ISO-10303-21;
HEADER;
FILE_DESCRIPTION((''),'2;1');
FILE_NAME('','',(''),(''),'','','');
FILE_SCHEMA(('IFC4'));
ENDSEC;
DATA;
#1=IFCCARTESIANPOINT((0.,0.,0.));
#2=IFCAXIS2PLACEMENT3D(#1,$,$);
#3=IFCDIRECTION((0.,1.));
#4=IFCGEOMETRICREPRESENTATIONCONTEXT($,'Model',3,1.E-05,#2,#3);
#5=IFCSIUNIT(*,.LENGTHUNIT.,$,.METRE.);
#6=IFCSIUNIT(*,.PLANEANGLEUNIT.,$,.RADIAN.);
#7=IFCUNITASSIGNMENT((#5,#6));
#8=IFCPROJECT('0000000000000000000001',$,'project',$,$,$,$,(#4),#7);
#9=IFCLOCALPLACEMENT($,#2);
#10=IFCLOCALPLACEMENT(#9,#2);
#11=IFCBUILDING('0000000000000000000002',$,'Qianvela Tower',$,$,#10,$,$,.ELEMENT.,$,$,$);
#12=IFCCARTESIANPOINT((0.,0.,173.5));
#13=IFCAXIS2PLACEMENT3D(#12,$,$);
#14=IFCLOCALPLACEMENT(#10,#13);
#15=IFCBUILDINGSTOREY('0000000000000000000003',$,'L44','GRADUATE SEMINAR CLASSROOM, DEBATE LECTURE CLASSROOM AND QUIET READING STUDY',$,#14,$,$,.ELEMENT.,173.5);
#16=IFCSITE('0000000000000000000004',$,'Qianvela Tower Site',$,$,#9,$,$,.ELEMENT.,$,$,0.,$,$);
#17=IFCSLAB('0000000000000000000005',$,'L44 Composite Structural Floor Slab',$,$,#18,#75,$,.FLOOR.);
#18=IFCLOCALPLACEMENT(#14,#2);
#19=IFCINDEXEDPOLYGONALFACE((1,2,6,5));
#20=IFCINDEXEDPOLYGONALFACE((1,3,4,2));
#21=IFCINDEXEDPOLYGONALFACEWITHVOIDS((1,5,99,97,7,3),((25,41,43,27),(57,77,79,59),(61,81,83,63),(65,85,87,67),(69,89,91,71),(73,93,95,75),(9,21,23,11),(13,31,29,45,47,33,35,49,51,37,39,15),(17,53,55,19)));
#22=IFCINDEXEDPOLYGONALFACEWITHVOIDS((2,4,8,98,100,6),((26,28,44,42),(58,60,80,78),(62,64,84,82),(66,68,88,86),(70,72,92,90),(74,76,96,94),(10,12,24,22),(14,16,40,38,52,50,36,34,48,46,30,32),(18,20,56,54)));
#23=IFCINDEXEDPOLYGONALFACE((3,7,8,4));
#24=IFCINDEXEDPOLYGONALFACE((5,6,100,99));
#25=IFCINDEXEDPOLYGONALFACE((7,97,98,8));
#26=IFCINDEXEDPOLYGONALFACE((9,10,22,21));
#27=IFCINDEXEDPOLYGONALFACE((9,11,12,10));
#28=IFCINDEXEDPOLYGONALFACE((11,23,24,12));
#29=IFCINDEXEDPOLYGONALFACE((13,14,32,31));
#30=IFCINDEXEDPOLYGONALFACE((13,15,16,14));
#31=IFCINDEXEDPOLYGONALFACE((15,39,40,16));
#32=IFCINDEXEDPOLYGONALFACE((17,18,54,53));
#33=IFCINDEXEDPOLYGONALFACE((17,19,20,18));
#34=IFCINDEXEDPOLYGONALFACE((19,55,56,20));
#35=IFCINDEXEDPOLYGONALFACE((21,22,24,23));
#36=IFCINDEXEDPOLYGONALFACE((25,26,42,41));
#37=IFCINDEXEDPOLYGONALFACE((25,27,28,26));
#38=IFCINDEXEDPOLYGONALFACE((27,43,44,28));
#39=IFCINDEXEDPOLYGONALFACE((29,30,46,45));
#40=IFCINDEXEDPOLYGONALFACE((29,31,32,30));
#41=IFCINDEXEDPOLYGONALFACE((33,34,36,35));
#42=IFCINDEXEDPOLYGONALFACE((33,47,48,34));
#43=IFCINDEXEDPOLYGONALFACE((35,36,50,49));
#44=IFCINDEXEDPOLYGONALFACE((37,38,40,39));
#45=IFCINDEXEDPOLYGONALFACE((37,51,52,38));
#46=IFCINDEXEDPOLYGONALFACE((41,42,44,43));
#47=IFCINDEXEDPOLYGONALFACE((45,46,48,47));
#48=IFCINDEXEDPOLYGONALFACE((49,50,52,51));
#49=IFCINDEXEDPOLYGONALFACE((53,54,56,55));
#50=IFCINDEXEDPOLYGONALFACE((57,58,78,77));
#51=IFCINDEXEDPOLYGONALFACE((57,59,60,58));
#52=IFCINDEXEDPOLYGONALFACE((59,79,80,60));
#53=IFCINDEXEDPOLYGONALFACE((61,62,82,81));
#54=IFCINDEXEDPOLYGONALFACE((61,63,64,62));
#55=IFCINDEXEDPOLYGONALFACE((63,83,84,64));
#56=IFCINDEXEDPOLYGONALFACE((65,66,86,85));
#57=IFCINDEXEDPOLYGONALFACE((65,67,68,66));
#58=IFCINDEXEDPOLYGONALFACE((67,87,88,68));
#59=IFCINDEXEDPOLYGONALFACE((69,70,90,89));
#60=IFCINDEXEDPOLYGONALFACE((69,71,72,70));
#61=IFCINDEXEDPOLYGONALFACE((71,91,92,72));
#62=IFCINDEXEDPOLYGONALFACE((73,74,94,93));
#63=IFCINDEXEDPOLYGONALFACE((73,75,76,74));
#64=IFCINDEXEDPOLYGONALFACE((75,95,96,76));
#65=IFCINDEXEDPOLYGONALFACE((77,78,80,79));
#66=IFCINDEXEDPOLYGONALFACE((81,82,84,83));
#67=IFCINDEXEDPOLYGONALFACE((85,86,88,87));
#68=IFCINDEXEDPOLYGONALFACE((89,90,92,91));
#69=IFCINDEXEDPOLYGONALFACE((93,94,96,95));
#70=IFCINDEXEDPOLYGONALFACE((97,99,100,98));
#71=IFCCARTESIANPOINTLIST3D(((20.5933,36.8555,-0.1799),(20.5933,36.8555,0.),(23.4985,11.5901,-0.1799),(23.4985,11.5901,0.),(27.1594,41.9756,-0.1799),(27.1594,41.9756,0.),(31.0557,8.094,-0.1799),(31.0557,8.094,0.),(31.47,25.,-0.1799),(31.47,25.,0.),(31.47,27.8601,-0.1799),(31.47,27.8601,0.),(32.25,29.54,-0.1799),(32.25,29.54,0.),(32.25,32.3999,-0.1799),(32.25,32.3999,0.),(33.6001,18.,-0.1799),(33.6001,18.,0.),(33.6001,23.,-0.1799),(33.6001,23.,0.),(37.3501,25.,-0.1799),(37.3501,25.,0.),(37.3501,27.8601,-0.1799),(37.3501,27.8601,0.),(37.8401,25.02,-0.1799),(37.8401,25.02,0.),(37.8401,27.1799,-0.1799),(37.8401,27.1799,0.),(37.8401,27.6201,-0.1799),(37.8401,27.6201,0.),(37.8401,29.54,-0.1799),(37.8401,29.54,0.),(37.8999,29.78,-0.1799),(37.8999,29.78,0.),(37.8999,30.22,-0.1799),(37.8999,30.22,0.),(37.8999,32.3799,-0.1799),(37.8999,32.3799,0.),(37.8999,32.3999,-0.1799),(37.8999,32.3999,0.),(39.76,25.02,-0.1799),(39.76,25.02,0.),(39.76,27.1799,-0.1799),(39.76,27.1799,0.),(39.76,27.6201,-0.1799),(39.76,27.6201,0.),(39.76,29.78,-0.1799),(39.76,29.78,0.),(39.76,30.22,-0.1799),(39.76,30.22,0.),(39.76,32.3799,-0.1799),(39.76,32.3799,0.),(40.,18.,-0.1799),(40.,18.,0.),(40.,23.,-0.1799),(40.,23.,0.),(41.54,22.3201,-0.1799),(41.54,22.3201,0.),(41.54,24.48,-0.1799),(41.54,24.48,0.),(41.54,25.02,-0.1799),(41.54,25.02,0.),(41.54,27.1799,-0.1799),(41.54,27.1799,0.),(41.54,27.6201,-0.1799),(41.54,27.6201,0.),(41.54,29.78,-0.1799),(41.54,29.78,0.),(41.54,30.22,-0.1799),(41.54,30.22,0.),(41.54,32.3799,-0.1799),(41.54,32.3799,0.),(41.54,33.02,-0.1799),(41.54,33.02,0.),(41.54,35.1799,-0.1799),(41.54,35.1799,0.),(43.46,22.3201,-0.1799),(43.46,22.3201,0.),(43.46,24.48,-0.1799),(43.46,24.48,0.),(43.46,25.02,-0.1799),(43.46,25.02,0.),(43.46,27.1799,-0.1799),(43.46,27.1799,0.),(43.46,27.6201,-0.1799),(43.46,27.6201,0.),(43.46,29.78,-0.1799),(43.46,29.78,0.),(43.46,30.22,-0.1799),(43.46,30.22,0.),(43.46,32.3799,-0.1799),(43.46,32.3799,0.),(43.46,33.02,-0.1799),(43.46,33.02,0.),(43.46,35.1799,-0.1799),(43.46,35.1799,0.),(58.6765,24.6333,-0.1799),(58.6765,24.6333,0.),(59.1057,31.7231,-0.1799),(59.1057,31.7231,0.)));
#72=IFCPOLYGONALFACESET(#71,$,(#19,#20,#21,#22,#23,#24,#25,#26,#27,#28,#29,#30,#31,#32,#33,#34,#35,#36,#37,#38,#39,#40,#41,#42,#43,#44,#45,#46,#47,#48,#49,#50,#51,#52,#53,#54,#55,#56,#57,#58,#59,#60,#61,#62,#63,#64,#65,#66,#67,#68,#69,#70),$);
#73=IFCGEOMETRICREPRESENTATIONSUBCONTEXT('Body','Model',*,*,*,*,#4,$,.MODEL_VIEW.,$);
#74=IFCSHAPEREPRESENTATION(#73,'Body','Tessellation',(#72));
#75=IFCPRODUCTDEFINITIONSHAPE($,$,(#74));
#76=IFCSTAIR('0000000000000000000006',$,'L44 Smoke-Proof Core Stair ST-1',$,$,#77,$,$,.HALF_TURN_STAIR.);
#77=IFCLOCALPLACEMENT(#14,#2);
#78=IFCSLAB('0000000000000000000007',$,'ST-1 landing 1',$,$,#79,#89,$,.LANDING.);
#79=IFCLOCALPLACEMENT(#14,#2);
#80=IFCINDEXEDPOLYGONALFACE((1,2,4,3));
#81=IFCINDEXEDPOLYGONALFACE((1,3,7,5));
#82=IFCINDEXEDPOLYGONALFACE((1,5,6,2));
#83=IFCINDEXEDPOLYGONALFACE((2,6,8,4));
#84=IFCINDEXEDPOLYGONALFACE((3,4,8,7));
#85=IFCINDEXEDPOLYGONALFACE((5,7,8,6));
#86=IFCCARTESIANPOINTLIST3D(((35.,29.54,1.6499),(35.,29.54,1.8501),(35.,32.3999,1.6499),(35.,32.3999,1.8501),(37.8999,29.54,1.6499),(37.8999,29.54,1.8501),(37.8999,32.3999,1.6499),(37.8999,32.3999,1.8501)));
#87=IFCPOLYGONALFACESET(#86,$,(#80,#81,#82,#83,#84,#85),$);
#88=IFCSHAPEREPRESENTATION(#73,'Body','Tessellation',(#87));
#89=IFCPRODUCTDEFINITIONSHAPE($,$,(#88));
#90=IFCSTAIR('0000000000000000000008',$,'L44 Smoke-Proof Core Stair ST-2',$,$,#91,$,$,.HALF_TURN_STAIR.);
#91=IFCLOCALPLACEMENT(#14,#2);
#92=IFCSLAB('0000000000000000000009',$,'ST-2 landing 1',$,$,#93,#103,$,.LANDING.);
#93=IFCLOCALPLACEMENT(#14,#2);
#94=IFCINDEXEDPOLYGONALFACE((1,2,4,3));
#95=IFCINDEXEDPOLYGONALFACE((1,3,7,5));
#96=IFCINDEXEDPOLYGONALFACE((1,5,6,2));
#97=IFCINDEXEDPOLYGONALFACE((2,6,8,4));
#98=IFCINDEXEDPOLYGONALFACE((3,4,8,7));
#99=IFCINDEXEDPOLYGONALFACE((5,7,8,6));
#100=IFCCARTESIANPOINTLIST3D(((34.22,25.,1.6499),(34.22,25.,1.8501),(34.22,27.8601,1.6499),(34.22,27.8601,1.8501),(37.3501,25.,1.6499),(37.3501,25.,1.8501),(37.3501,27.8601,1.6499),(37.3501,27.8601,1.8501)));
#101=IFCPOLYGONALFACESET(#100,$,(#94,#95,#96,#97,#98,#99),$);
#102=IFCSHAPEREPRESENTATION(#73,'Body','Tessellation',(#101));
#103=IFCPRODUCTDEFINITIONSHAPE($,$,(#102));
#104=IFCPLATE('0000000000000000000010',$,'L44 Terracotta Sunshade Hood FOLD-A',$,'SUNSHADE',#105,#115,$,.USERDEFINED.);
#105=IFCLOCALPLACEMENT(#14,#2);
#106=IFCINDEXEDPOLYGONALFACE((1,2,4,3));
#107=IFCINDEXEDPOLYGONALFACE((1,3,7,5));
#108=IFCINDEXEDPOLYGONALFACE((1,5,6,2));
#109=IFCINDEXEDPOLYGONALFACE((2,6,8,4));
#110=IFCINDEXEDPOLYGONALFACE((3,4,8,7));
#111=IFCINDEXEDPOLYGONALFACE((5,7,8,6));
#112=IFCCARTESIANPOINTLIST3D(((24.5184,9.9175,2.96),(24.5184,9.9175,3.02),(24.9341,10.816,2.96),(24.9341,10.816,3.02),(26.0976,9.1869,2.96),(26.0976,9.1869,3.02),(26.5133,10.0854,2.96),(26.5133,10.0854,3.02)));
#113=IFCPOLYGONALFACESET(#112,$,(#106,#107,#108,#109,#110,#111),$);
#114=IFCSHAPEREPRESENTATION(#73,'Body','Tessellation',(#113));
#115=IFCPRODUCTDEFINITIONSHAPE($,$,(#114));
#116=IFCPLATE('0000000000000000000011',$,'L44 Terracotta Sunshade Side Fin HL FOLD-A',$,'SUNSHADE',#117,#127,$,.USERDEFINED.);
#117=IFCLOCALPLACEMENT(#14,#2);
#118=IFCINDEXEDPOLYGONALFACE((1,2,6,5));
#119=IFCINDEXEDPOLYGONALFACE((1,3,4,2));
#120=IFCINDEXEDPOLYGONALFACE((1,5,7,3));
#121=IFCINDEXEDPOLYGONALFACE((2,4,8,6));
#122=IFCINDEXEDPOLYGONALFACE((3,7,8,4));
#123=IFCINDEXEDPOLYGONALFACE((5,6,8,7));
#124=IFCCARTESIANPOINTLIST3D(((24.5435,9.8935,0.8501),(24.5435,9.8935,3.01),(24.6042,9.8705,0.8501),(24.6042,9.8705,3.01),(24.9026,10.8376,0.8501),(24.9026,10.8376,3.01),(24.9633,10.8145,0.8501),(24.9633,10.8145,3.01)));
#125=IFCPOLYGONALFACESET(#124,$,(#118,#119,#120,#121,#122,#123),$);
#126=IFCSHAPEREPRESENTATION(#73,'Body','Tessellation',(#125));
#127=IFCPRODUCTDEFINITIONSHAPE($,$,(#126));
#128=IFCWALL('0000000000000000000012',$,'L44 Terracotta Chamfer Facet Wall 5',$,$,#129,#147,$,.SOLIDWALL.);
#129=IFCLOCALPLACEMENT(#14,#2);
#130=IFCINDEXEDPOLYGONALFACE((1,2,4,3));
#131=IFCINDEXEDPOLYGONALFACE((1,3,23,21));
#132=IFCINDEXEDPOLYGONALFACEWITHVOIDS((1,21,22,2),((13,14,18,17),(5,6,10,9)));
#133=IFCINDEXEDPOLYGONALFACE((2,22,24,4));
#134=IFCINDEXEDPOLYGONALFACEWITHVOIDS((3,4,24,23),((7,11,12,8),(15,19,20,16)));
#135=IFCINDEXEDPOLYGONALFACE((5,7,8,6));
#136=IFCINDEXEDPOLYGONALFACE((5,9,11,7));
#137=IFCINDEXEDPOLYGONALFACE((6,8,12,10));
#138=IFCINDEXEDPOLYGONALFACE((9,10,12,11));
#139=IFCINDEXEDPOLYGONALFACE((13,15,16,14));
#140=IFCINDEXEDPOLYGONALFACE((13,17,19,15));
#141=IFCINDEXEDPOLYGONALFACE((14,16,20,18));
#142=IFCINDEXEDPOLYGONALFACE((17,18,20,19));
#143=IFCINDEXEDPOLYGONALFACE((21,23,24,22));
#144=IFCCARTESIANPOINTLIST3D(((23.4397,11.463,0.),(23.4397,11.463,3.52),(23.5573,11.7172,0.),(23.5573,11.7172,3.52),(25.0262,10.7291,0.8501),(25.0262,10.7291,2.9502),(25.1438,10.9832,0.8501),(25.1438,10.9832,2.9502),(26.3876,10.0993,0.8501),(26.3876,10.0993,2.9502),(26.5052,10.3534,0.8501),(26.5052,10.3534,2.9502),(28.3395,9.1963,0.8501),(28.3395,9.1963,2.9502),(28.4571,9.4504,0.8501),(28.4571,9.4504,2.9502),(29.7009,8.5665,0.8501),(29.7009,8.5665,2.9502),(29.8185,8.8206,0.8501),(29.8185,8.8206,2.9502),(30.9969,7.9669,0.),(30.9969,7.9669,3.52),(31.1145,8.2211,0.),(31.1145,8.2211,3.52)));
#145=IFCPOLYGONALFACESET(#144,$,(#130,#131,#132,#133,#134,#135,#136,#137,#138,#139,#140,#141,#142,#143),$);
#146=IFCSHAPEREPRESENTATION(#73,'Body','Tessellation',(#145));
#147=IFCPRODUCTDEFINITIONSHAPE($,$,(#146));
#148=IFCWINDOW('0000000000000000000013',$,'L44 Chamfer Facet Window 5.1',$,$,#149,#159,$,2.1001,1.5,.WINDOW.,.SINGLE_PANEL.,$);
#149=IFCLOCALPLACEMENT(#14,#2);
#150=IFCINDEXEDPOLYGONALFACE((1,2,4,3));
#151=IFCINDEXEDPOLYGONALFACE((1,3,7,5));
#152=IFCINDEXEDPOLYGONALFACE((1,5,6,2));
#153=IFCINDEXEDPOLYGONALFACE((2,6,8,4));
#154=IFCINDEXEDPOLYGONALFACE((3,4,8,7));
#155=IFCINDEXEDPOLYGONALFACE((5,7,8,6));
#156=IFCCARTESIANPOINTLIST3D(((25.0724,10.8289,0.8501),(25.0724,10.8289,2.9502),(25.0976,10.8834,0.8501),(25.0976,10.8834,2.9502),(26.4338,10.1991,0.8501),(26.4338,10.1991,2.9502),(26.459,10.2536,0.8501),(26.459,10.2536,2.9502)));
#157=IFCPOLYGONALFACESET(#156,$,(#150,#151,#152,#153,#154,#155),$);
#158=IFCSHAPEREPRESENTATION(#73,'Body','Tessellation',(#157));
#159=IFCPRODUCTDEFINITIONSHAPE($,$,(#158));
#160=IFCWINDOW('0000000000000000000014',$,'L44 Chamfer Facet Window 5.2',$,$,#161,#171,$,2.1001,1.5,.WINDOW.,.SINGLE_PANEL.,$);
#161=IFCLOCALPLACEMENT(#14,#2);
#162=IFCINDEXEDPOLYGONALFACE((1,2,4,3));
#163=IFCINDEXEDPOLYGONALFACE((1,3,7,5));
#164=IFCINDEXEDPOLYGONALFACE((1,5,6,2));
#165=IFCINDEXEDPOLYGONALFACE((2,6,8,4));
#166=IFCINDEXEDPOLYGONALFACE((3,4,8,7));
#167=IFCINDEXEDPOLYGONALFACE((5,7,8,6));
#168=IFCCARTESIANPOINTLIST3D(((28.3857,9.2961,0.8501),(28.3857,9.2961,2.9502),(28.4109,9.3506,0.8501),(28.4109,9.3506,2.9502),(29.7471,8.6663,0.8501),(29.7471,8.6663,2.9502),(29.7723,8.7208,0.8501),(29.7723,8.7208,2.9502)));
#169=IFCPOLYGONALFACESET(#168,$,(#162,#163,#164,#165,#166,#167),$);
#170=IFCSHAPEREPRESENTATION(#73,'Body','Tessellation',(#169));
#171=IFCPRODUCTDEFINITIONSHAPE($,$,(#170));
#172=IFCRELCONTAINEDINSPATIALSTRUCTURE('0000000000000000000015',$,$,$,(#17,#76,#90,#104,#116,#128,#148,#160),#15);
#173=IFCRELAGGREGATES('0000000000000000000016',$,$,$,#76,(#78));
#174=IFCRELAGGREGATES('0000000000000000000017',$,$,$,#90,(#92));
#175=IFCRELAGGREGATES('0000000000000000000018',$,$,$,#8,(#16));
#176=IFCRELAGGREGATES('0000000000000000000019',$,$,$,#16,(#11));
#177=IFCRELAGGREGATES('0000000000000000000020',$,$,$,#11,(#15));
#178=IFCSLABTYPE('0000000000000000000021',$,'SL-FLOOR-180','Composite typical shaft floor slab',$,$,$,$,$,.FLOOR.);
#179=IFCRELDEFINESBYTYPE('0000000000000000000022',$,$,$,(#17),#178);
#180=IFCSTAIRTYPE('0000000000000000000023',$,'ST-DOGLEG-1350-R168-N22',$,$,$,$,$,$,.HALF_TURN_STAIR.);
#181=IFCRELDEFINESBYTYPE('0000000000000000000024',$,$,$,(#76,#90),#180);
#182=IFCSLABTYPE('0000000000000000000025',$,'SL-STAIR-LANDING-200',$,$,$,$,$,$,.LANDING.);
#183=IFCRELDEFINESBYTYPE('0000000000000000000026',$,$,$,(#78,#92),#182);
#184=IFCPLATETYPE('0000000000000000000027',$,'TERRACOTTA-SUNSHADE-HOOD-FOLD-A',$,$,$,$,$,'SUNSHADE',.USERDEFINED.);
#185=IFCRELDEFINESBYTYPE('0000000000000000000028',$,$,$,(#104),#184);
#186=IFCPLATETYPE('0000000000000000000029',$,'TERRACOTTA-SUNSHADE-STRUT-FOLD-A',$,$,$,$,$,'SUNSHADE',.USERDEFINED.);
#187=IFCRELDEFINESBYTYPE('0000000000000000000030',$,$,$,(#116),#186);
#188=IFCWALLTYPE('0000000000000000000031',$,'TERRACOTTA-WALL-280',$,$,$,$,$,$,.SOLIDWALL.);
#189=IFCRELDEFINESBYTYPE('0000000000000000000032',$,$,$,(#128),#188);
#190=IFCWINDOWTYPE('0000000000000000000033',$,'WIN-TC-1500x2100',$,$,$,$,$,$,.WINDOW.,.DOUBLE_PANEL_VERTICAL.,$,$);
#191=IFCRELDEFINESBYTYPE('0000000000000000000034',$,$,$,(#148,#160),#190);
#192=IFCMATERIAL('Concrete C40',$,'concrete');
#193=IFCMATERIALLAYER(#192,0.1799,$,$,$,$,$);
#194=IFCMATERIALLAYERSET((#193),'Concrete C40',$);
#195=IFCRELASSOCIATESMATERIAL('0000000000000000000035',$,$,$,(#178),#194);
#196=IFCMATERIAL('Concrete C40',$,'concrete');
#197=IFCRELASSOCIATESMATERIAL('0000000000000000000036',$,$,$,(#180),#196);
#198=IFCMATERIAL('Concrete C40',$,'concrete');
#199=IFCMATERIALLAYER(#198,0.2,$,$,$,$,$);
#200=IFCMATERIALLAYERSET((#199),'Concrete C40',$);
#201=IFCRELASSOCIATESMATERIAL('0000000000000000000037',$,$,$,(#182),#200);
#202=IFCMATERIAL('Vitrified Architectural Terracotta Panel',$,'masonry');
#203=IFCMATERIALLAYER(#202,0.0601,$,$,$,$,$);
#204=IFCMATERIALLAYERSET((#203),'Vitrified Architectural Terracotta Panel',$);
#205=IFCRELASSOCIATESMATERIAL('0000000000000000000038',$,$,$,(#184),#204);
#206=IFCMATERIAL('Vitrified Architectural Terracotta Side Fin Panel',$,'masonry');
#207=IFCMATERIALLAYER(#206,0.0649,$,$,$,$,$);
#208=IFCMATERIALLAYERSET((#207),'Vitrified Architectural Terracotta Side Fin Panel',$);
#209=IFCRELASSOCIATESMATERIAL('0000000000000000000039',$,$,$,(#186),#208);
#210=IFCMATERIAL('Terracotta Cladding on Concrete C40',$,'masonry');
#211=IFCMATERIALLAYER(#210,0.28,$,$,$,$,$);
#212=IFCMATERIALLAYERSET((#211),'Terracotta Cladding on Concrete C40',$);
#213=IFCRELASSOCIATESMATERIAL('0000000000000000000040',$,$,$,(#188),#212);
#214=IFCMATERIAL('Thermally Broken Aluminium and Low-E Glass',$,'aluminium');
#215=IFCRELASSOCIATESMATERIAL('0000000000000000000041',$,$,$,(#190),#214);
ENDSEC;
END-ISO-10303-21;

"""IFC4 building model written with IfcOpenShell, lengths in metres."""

from ifc_helpers import new_model, si_unit, direction, frame, frame_2d, origin, origin_2d, place, context, subcontext, project, spatial, polyline, rectangle, outline, extrude, material, layer, layer_set, type_object, element, fill, aggregate, save


model = new_model("IFC4")

# Units and contexts
model_context = context("Model", 3, precision=1e-05, world=origin(), true_north=direction((0.0, 1.0)))
body_context = subcontext(model_context, "Body", "Model", "MODEL_VIEW")
ifc_project = project(units=[si_unit("LENGTHUNIT", "METRE"), si_unit("PLANEANGLEUNIT", "RADIAN")], contexts=[model_context])

# Site, building, storey
site_placement = place(None, origin())
site = spatial("IfcSite", under=ifc_project, at=site_placement, Name="Qianvela Tower Site", CompositionType="ELEMENT", RefElevation=0.0)
building_placement = place(site_placement, origin())
building = spatial("IfcBuilding", under=site, at=building_placement, Name="Qianvela Tower", CompositionType="ELEMENT")
storey_placement = place(building_placement, frame((0.0, 0.0, 173.5)))
storey = spatial("IfcBuildingStorey", under=building, at=storey_placement, Name="L44", Description="GRADUATE SEMINAR CLASSROOM, DEBATE LECTURE CLASSROOM AND QUIET READING STUDY", CompositionType="ELEMENT", Elevation=173.5)

# Slab
ifc_material_1 = material(Name="Concrete C40", Category="concrete")
ifc_layer_1 = layer(ifc_material_1, 0.1799)
ifc_layer_set_1 = layer_set([ifc_layer_1], Name="Concrete C40")
slab_type_1 = type_object("IfcSlabType", Name="SL-FLOOR-180", Description="Composite typical shaft floor slab", PredefinedType="FLOOR", material=ifc_layer_set_1)
slab_1_placement = place(storey_placement, frame((0.0, 0.0, -0.1799)))
element("IfcSlab", 1, at=slab_1_placement, inside=storey, type_object=slab_type_1, Name="L44 Composite Structural Floor Slab", PredefinedType="FLOOR", context=body_context, shape_type="SweptSolid", body=[
    extrude(outline(polyline([(58.6765, 24.6333), (59.1057, 31.7231), (27.1594, 41.9756), (20.5933, 36.8555), (23.4985, 11.5901), (31.0557, 8.094), (58.6765, 24.6333)]), holes=[polyline([(40.0, 23.0), (33.6001, 23.0), (33.6001, 18.0), (40.0, 18.0), (40.0, 23.0)]), polyline([(39.76, 27.1799), (37.8401, 27.1799), (37.8401, 25.02), (39.76, 25.02), (39.76, 27.1799)]), polyline([(37.3501, 27.8601), (31.47, 27.8601), (31.47, 25.0), (37.3501, 25.0), (37.3501, 27.8601)]), polyline([(37.8401, 27.6201), (39.76, 27.6201), (39.76, 29.78), (37.8999, 29.78), (37.8999, 30.22), (39.76, 30.22), (39.76, 32.3799), (37.8999, 32.3799), (37.8999, 32.3999), (32.25, 32.3999), (32.25, 29.54), (37.8401, 29.54), (37.8401, 27.6201)]), polyline([(43.46, 22.3201), (43.46, 24.48), (41.54, 24.48), (41.54, 22.3201), (43.46, 22.3201)]), polyline([(43.46, 25.02), (43.46, 27.1799), (41.54, 27.1799), (41.54, 25.02), (43.46, 25.02)]), polyline([(43.46, 29.78), (41.54, 29.78), (41.54, 27.6201), (43.46, 27.6201), (43.46, 29.78)]), polyline([(43.46, 30.22), (43.46, 32.3799), (41.54, 32.3799), (41.54, 30.22), (43.46, 30.22)]), polyline([(43.46, 33.02), (43.46, 35.1799), (41.54, 35.1799), (41.54, 33.02), (43.46, 33.02)])]), origin(), (0.0, 0.0, 1.0), 0.1799),
])

# Stairs, slabs
ifc_material_2 = material(Name="Concrete C40", Category="concrete")
stair_type = type_object("IfcStairType", Name="ST-DOGLEG-1350-R168-N22", PredefinedType="HALF_TURN_STAIR", material=ifc_material_2)
stair_1_placement = place(storey_placement, origin())
stair_1 = element("IfcStair", 2, at=stair_1_placement, inside=storey, type_object=stair_type, Name="L44 Smoke-Proof Core Stair ST-1", PredefinedType="HALF_TURN_STAIR")
ifc_material_3 = material(Name="Concrete C40", Category="concrete")
ifc_layer_2 = layer(ifc_material_3, 0.2)
ifc_layer_set_2 = layer_set([ifc_layer_2], Name="Concrete C40")
slab_type_2 = type_object("IfcSlabType", Name="SL-STAIR-LANDING-200", PredefinedType="LANDING", material=ifc_layer_set_2)
slab_2_placement = place(storey_placement, frame((0.0, 0.0, 1.6499)))
slab_2 = element("IfcSlab", 3, at=slab_2_placement, type_object=slab_type_2, Name="ST-1 landing 1", PredefinedType="LANDING", context=body_context, shape_type="SweptSolid", body=[
    extrude(outline(polyline([(35.0, 29.54), (37.8999, 29.54), (37.8999, 32.3999), (35.0, 32.3999), (35.0, 29.54)])), origin(), (0.0, 0.0, 1.0), 0.2002),
])
aggregate(stair_1, [slab_2])
stair_2_placement = place(storey_placement, origin())
stair_2 = element("IfcStair", 4, at=stair_2_placement, inside=storey, type_object=stair_type, Name="L44 Smoke-Proof Core Stair ST-2", PredefinedType="HALF_TURN_STAIR")
slab_3_placement = place(storey_placement, frame((0.0, 0.0, 1.6499)))
slab_3 = element("IfcSlab", 5, at=slab_3_placement, type_object=slab_type_2, Name="ST-2 landing 1", PredefinedType="LANDING", context=body_context, shape_type="SweptSolid", body=[
    extrude(outline(polyline([(34.22, 25.0), (37.3501, 25.0), (37.3501, 27.8601), (34.22, 27.8601), (34.22, 25.0)])), origin(), (0.0, 0.0, 1.0), 0.2002),
])
aggregate(stair_2, [slab_3])

# Plates
ifc_material_4 = material(Name="Vitrified Architectural Terracotta Panel", Category="masonry")
ifc_layer_3 = layer(ifc_material_4, 0.0601)
ifc_layer_set_3 = layer_set([ifc_layer_3], Name="Vitrified Architectural Terracotta Panel")
plate_type_1 = type_object("IfcPlateType", Name="TERRACOTTA-SUNSHADE-HOOD-FOLD-A", ElementType="SUNSHADE", PredefinedType="USERDEFINED", material=ifc_layer_set_3)
plate_1_placement = place(storey_placement, frame((25.5159, 10.0015, 2.96), z_axis=(0.0, 0.0, 1.0), x_axis=(0.907584, -0.41987, 0.0)))
element("IfcPlate", 6, at=plate_1_placement, inside=storey, type_object=plate_type_1, Name="L44 Terracotta Sunshade Hood FOLD-A", ObjectType="SUNSHADE", PredefinedType="USERDEFINED", context=body_context, shape_type="SweptSolid", body=[
    extrude(rectangle(XDim=1.74, YDim=0.99, at=origin_2d()), origin(), (0.0, 0.0, 1.0), 0.0601),
])
ifc_material_5 = material(Name="Vitrified Architectural Terracotta Side Fin Panel", Category="masonry")
ifc_layer_4 = layer(ifc_material_5, 0.0649)
ifc_layer_set_4 = layer_set([ifc_layer_4], Name="Vitrified Architectural Terracotta Side Fin Panel")
plate_type_2 = type_object("IfcPlateType", Name="TERRACOTTA-SUNSHADE-STRUT-FOLD-A", ElementType="SUNSHADE", PredefinedType="USERDEFINED", material=ifc_layer_set_4)
plate_2_placement = place(storey_placement, frame((24.7534, 10.354, 0.8501), z_axis=(0.0, 0.0, 1.0), x_axis=(0.934662, -0.355538, 0.0)))
element("IfcPlate", 7, at=plate_2_placement, inside=storey, type_object=plate_type_2, Name="L44 Terracotta Sunshade Side Fin HL FOLD-A", ObjectType="SUNSHADE", PredefinedType="USERDEFINED", context=body_context, shape_type="SweptSolid", body=[
    extrude(rectangle(XDim=0.0649, YDim=1.01, at=origin_2d()), origin(), (0.0, 0.0, 1.0), 2.1599),
])

# Wall, openings, windows
ifc_material_6 = material(Name="Terracotta Cladding on Concrete C40", Category="masonry")
ifc_layer_5 = layer(ifc_material_6, 0.28)
ifc_layer_set_5 = layer_set([ifc_layer_5], Name="Terracotta Cladding on Concrete C40")
wall_type_1 = type_object("IfcWallType", Name="TERRACOTTA-WALL-280", PredefinedType="SOLIDWALL", material=ifc_layer_set_5)
wall_1_placement = place(storey_placement, frame((23.4985, 11.5901, 0.0), z_axis=(0.0, 0.0, 1.0), x_axis=(0.907585, -0.419869, 0.0)))
wall_1 = element("IfcWall", 8, at=wall_1_placement, inside=storey, type_object=wall_type_1, Name="L44 Terracotta Chamfer Facet Wall 5", PredefinedType="SOLIDWALL", context=body_context, shape_type="SweptSolid", body=[
    extrude(rectangle(XDim=8.3267, YDim=0.28, at=frame_2d((4.1633, 0.0))), origin(), (0.0, 0.0, 1.0), 3.52),
])
opening_1_placement = place(wall_1_placement, frame((1.748, 0.0, 0.8501)))
opening_1 = element("IfcOpeningElement", 9, at=opening_1_placement, cuts=wall_1, PredefinedType="OPENING", context=body_context, shape_type="SweptSolid", body=[
    extrude(rectangle(XDim=1.5, YDim=2.1001, at=frame_2d((0.75, 1.05))), frame((0.0, 0.1499, 0.0), z_axis=(0.0, -1.0, 0.0), x_axis=(1.0, 0.0, 0.0)), (0.0, 0.0, 1.0), 0.3),
])
opening_2_placement = place(wall_1_placement, frame((5.3987, 0.0, 0.8501)))
opening_2 = element("IfcOpeningElement", 10, at=opening_2_placement, cuts=wall_1, PredefinedType="OPENING", context=body_context, shape_type="SweptSolid", body=[
    extrude(rectangle(XDim=1.5, YDim=2.1001, at=frame_2d((0.75, 1.05))), frame((0.0, 0.1499, 0.0), z_axis=(0.0, -1.0, 0.0), x_axis=(1.0, 0.0, 0.0)), (0.0, 0.0, 1.0), 0.3),
])
ifc_material_7 = material(Name="Thermally Broken Aluminium and Low-E Glass", Category="aluminium")
window_type = type_object("IfcWindowType", Name="WIN-TC-1500x2100", PartitioningType="DOUBLE_PANEL_VERTICAL", PredefinedType="WINDOW", material=ifc_material_7)
window_1_placement = place(opening_1_placement, origin())
window_1 = element("IfcWindow", 11, at=window_1_placement, inside=storey, type_object=window_type, Name="L44 Chamfer Facet Window 5.1", OverallHeight=2.1001, OverallWidth=1.5, PartitioningType="SINGLE_PANEL", PredefinedType="WINDOW", context=body_context, shape_type="SweptSolid", body=[
    extrude(rectangle(XDim=1.5, YDim=2.1001, at=frame_2d((0.75, 1.05))), frame((0.0, 0.03, 0.0), z_axis=(0.0, -1.0, 0.0), x_axis=(1.0, 0.0, 0.0)), (0.0, 0.0, 1.0), 0.0601),
])
fill(opening_1, window_1)
window_2_placement = place(opening_2_placement, origin())
window_2 = element("IfcWindow", 12, at=window_2_placement, inside=storey, type_object=window_type, Name="L44 Chamfer Facet Window 5.2", OverallHeight=2.1001, OverallWidth=1.5, PartitioningType="SINGLE_PANEL", PredefinedType="WINDOW", context=body_context, shape_type="SweptSolid", body=[
    extrude(rectangle(XDim=1.5, YDim=2.1001, at=frame_2d((0.75, 1.05))), frame((0.0, 0.03, 0.0), z_axis=(0.0, -1.0, 0.0), x_axis=(1.0, 0.0, 0.0)), (0.0, 0.0, 1.0), 0.0601),
])
fill(opening_2, window_2)

save(model, "model.ifc")
